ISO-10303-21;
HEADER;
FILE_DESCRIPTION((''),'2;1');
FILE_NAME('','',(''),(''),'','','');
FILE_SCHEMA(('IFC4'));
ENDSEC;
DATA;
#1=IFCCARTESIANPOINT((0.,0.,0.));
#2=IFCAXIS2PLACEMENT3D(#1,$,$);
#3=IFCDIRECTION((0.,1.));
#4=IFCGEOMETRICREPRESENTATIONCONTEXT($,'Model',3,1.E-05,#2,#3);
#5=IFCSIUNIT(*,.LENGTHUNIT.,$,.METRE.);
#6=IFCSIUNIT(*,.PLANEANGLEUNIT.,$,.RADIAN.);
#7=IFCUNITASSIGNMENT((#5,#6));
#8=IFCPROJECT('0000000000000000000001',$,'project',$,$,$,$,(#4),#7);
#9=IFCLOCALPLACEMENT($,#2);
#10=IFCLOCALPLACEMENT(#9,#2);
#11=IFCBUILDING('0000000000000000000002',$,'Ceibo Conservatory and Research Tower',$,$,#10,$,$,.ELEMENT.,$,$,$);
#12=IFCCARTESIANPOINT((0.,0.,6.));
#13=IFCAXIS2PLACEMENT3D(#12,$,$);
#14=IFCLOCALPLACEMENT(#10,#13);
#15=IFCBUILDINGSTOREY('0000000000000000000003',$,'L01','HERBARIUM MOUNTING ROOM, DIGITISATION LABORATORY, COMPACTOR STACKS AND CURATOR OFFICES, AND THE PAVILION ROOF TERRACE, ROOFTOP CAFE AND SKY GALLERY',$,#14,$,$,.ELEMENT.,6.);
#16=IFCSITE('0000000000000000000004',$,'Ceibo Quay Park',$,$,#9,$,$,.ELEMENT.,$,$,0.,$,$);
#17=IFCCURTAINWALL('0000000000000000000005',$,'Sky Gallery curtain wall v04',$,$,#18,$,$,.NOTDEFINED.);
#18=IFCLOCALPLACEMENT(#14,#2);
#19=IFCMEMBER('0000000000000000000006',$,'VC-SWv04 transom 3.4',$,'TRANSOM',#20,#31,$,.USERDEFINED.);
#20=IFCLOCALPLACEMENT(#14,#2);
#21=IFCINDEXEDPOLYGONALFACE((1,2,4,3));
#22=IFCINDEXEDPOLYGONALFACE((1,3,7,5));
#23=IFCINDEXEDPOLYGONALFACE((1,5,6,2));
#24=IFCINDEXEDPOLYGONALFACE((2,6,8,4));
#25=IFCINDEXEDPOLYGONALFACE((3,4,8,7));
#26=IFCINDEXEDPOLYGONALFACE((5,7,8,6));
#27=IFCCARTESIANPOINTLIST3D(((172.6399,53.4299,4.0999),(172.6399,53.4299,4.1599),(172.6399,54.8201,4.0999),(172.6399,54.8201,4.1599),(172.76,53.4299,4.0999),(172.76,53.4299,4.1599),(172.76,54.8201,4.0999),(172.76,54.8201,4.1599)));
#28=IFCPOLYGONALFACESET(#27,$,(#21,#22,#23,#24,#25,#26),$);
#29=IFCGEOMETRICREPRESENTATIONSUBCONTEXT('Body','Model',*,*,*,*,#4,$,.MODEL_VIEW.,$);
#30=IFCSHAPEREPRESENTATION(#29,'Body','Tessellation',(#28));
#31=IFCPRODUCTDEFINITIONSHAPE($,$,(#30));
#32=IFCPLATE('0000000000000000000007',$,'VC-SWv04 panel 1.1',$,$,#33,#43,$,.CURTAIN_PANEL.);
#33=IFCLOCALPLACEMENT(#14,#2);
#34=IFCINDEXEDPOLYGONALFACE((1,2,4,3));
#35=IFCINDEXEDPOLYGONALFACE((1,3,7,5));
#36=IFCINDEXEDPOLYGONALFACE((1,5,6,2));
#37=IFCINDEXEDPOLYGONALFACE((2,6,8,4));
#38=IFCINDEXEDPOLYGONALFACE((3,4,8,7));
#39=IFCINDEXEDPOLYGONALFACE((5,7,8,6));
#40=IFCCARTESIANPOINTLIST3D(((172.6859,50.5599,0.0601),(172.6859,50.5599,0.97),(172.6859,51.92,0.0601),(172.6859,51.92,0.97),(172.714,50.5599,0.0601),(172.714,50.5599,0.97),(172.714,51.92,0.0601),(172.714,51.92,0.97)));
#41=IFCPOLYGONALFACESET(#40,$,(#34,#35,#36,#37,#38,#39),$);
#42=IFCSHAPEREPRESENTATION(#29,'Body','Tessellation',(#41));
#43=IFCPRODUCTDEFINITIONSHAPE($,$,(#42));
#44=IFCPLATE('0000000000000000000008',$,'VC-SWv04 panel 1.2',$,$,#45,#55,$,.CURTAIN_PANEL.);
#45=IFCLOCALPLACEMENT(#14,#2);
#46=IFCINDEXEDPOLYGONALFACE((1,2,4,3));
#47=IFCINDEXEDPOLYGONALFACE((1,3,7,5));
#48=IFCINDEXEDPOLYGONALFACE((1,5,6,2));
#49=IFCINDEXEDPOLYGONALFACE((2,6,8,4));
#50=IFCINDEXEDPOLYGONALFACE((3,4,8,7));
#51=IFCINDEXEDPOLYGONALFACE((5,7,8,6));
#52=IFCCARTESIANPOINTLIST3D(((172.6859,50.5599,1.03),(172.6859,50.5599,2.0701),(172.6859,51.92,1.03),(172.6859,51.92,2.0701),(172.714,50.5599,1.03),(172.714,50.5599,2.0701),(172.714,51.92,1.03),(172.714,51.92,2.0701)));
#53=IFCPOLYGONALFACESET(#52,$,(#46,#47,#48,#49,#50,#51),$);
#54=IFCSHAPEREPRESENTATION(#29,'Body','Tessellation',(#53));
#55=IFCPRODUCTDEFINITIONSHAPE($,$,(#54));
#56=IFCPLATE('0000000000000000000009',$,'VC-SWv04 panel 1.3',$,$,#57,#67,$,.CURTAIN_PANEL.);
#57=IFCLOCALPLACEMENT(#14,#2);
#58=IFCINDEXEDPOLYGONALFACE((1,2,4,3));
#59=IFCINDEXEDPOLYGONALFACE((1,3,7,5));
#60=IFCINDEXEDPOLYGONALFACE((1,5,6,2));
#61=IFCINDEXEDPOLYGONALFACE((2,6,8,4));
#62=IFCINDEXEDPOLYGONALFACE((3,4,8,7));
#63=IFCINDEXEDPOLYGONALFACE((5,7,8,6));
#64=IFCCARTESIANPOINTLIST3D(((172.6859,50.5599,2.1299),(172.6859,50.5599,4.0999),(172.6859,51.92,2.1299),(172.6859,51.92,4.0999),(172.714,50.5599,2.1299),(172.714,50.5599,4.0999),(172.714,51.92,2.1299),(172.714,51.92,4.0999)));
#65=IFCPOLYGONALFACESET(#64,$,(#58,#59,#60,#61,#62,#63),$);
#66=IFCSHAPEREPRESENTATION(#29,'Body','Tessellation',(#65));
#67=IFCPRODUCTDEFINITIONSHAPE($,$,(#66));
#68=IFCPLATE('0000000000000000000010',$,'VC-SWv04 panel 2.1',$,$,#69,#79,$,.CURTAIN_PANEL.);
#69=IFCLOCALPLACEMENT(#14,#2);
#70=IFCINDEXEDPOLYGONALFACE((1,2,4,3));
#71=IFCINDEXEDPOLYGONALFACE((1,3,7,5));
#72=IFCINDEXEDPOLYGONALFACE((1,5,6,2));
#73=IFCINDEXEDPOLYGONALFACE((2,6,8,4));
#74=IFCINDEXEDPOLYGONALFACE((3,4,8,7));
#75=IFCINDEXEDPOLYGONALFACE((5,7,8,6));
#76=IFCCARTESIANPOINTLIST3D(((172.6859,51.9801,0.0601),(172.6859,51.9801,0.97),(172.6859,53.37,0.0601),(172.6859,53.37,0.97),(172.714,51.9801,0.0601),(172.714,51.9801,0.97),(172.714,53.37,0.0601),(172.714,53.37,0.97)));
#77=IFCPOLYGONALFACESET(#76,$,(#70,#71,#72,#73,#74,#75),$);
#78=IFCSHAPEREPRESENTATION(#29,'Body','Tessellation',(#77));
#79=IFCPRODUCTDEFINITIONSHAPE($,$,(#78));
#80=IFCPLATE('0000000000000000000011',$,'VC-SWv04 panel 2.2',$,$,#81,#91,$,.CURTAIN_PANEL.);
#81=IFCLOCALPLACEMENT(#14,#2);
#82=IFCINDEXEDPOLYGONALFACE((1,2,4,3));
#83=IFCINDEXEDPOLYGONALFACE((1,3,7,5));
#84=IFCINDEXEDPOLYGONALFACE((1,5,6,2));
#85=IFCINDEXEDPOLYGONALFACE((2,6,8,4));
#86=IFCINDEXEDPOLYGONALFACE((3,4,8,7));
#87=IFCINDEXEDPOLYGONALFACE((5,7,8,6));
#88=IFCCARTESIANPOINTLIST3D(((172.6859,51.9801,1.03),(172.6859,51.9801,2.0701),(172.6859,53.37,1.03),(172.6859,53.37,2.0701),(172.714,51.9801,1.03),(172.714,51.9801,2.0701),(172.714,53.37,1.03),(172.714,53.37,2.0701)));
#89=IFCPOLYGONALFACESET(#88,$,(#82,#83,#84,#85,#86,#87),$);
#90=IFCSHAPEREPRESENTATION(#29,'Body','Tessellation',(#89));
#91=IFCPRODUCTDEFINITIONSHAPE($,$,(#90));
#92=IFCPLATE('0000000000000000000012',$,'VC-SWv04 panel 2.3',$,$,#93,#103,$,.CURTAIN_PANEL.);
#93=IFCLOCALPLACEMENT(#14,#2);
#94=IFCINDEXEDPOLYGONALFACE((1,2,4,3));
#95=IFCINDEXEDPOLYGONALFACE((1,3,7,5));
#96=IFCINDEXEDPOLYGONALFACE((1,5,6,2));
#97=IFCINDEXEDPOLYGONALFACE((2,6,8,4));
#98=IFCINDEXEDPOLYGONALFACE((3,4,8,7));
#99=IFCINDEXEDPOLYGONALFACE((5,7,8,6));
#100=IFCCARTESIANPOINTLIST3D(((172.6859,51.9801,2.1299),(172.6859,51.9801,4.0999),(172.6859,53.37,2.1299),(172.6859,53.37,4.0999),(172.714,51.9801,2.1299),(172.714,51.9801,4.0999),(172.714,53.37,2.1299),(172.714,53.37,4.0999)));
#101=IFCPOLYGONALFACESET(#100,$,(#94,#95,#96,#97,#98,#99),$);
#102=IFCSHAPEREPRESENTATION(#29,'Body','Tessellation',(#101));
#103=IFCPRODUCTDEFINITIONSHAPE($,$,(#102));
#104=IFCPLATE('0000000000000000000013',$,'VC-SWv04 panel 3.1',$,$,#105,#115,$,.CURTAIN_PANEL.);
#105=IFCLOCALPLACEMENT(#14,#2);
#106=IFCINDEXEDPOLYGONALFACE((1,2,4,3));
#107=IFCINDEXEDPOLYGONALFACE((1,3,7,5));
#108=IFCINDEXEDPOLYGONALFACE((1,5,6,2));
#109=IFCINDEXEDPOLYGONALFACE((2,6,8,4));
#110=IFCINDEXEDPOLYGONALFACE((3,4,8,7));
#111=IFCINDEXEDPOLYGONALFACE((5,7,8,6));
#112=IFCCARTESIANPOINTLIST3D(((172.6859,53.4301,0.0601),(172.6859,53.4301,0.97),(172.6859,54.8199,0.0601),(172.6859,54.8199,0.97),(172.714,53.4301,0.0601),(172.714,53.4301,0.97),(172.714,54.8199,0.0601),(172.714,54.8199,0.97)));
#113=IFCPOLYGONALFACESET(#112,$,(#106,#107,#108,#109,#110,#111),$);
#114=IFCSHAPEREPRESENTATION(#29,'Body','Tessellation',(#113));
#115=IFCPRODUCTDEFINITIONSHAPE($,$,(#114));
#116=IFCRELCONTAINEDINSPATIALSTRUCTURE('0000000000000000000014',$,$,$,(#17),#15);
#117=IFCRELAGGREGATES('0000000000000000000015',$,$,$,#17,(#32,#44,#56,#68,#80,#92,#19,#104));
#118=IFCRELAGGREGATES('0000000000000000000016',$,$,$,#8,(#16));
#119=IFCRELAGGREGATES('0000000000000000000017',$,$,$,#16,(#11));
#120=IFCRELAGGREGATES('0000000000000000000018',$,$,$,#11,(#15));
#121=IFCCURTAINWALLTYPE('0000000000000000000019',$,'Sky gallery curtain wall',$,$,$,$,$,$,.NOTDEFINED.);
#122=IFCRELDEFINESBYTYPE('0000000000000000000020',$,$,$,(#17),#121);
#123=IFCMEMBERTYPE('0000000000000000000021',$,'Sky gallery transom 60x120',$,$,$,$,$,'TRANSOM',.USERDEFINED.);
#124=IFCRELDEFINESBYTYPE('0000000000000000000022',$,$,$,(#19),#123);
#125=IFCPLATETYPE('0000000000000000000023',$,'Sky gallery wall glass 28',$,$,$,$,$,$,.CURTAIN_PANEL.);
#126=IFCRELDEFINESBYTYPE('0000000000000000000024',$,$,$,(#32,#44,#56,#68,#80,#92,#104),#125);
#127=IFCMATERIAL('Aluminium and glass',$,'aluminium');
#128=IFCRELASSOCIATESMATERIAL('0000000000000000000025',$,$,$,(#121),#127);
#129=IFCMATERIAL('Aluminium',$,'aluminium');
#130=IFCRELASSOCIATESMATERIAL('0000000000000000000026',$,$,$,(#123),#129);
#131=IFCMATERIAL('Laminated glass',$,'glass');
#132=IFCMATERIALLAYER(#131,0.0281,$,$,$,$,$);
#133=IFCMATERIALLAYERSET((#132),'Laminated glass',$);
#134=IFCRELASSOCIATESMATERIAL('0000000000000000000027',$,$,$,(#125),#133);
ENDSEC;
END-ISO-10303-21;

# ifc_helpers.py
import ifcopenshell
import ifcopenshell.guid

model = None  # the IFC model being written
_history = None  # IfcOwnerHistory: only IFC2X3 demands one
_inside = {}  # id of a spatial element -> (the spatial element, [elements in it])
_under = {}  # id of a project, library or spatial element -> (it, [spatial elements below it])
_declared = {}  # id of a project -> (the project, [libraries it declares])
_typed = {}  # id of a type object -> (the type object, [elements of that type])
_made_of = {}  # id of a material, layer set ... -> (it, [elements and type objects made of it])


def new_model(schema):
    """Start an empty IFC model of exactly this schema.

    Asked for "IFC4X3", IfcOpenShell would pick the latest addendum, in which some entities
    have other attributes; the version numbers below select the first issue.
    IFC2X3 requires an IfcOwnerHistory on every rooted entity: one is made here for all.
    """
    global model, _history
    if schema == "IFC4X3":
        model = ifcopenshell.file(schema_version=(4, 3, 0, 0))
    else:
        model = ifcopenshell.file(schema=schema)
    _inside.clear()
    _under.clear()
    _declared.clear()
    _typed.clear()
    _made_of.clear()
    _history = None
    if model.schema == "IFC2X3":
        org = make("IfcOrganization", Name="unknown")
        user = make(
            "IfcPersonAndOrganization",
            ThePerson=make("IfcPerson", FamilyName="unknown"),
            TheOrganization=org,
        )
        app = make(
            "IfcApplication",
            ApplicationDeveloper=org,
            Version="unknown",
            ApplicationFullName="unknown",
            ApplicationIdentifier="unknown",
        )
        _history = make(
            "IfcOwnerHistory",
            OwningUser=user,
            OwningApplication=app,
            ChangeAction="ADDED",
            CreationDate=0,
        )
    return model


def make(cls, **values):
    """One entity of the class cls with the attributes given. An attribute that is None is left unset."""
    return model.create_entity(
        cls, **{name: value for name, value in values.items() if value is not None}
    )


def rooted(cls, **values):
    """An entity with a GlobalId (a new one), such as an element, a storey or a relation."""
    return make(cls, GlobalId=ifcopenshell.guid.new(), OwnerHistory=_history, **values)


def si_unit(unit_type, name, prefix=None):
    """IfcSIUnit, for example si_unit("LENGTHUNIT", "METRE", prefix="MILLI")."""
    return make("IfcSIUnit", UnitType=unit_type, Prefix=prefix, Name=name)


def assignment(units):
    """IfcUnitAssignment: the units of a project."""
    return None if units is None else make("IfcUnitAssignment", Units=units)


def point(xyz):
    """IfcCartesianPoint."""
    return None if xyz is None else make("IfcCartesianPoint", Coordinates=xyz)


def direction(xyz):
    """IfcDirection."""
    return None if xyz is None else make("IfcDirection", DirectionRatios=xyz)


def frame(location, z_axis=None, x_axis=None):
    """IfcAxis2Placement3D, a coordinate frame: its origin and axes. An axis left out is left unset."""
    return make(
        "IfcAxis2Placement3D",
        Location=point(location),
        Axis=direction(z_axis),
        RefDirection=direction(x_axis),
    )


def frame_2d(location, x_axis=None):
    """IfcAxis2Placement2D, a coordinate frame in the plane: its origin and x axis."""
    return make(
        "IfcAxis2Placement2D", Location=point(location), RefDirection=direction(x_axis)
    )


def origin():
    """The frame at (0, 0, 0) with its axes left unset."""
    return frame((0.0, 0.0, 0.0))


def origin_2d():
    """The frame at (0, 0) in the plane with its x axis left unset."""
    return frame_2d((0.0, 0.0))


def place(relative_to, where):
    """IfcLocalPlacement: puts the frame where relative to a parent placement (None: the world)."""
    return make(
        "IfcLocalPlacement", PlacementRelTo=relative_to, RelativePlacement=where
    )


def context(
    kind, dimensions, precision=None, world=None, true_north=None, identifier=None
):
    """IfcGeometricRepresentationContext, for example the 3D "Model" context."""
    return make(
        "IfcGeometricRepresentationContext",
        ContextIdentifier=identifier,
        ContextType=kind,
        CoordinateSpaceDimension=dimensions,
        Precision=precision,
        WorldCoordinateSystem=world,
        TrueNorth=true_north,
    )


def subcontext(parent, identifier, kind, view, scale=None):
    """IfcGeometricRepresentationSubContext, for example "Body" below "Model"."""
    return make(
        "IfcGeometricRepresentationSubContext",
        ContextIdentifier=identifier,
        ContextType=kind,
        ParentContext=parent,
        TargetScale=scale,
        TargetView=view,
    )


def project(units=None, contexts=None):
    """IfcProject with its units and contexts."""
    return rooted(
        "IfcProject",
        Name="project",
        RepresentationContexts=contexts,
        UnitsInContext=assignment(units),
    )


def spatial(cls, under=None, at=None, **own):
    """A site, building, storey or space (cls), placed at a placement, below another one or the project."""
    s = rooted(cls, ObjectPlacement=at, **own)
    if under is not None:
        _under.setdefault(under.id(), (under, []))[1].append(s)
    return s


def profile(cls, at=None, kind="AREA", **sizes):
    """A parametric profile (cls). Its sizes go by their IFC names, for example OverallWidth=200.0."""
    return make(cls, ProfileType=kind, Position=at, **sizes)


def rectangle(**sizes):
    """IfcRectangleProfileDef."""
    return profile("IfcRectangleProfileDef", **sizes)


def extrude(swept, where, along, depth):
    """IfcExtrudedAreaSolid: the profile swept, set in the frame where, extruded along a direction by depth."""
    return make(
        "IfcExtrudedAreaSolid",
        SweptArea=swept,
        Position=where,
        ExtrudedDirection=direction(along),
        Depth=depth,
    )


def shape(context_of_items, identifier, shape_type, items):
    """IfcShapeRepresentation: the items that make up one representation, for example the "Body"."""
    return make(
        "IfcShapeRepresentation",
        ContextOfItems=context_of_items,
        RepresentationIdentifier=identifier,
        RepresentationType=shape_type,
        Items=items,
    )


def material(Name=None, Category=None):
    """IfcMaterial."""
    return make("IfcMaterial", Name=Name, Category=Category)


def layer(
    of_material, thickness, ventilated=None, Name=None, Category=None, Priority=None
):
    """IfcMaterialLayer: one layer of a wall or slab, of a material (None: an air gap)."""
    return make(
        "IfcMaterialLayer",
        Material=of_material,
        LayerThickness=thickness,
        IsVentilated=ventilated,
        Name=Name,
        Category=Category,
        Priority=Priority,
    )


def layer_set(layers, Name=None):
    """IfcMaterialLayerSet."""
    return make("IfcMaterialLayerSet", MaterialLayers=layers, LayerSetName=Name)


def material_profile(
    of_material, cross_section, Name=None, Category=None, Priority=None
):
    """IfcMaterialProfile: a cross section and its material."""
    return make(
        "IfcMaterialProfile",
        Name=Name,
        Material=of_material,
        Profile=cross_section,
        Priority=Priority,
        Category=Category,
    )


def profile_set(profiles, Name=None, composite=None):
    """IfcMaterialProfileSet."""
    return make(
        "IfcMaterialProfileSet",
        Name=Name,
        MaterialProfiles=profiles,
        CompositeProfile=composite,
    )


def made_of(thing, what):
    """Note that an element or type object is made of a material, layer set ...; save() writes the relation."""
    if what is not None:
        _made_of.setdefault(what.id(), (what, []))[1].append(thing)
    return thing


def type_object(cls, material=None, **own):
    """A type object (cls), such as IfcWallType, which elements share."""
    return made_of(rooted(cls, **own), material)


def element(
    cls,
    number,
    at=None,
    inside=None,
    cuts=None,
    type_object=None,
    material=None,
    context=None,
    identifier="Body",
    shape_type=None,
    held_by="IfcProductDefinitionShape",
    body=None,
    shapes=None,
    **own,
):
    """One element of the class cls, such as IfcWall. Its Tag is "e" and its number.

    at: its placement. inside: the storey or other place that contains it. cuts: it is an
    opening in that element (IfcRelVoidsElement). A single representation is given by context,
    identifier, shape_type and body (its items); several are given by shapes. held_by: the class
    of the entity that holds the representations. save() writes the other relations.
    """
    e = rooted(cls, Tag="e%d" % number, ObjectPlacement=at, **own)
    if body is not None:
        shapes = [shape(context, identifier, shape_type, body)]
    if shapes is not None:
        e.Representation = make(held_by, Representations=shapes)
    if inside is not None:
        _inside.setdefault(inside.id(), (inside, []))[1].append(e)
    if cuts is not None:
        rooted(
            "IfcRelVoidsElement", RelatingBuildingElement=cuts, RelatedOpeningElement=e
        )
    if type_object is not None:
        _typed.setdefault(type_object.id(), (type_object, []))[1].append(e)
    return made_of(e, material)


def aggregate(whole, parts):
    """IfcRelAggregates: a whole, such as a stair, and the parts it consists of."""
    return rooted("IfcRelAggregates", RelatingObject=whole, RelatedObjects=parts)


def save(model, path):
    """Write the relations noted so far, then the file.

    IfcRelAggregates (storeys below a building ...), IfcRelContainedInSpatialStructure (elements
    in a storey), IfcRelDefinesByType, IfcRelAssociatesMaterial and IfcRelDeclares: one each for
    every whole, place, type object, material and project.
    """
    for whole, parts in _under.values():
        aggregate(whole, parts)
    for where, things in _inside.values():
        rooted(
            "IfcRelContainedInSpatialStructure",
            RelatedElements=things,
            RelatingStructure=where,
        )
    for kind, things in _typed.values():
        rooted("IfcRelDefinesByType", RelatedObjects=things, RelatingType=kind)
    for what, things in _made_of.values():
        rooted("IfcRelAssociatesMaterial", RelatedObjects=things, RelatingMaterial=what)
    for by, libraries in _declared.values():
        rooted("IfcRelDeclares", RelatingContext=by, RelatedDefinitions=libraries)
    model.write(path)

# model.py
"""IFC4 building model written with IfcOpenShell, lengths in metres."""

from ifc_helpers import new_model, si_unit, direction, frame, origin, origin_2d, place, context, subcontext, project, spatial, rectangle, extrude, material, layer, layer_set, material_profile, profile_set, type_object, element, aggregate, save


model = new_model("IFC4")

# Units and contexts
model_context = context("Model", 3, precision=1e-05, world=origin(), true_north=direction((0.0, 1.0)))
body_context = subcontext(model_context, "Body", "Model", "MODEL_VIEW")
ifc_project = project(units=[si_unit("LENGTHUNIT", "METRE"), si_unit("PLANEANGLEUNIT", "RADIAN")], contexts=[model_context])

# Site, building, storey
site_placement = place(None, origin())
site = spatial("IfcSite", under=ifc_project, at=site_placement, Name="Ceibo Quay Park", CompositionType="ELEMENT", RefElevation=0.0)
building_placement = place(site_placement, origin())
building = spatial("IfcBuilding", under=site, at=building_placement, Name="Ceibo Conservatory and Research Tower", CompositionType="ELEMENT")
storey_placement = place(building_placement, frame((0.0, 0.0, 6.0)))
storey = spatial("IfcBuildingStorey", under=building, at=storey_placement, Name="L01", Description="HERBARIUM MOUNTING ROOM, DIGITISATION LABORATORY, COMPACTOR STACKS AND CURATOR OFFICES, AND THE PAVILION ROOF TERRACE, ROOFTOP CAFE AND SKY GALLERY", CompositionType="ELEMENT", Elevation=6.0)

# Curtain wall, member, plates
ifc_material_1 = material(Name="Aluminium and glass", Category="aluminium")
curtain_wall_type = type_object("IfcCurtainWallType", Name="Sky gallery curtain wall", PredefinedType="NOTDEFINED", material=ifc_material_1)
curtain_wall_placement = place(storey_placement, origin())
curtain_wall = element("IfcCurtainWall", 1, at=curtain_wall_placement, inside=storey, type_object=curtain_wall_type, Name="Sky Gallery curtain wall v04", PredefinedType="NOTDEFINED")
ifc_material_2 = material(Name="Aluminium", Category="aluminium")
ifc_material_profile_1 = material_profile(ifc_material_2, rectangle(XDim=0.1201, YDim=0.0601, at=origin_2d()), Name="AL 60x120")
ifc_profile_set_1 = profile_set([ifc_material_profile_1], Name="Aluminium")
member_type_1 = type_object("IfcMemberType", Name="Sky gallery transom 60x120", ElementType="TRANSOM", PredefinedType="USERDEFINED", material=ifc_profile_set_1)
member_1_placement = place(storey_placement, frame((172.7, 53.4299, 4.1299), z_axis=(0.0, 1.0, 0.0), x_axis=(-1.0, 0.0, 0.0)))
member_1 = element("IfcMember", 2, at=member_1_placement, type_object=member_type_1, Name="VC-SWv04 transom 3.4", ObjectType="TRANSOM", PredefinedType="USERDEFINED", context=body_context, shape_type="SweptSolid", body=[
    extrude(rectangle(XDim=0.1201, YDim=0.0601, at=origin_2d()), origin(), (0.0, 0.0, 1.0), 1.3901),
])
ifc_material_3 = material(Name="Laminated glass", Category="glass")
ifc_layer = layer(ifc_material_3, 0.0281)
ifc_layer_set = layer_set([ifc_layer], Name="Laminated glass")
plate_type = type_object("IfcPlateType", Name="Sky gallery wall glass 28", PredefinedType="CURTAIN_PANEL", material=ifc_layer_set)
plate_1_placement = place(storey_placement, frame((172.7, 51.24, 0.0601), z_axis=(0.0, 0.0, 1.0), x_axis=(0.0, 1.0, 0.0)))
plate_1 = element("IfcPlate", 3, at=plate_1_placement, type_object=plate_type, Name="VC-SWv04 panel 1.1", PredefinedType="CURTAIN_PANEL", context=body_context, shape_type="SweptSolid", body=[
    extrude(rectangle(XDim=1.3601, YDim=0.0281, at=origin_2d()), origin(), (0.0, 0.0, 1.0), 0.9099),
])
plate_2_placement = place(storey_placement, frame((172.7, 51.24, 1.03), z_axis=(0.0, 0.0, 1.0), x_axis=(0.0, 1.0, 0.0)))
plate_2 = element("IfcPlate", 4, at=plate_2_placement, type_object=plate_type, Name="VC-SWv04 panel 1.2", PredefinedType="CURTAIN_PANEL", context=body_context, shape_type="SweptSolid", body=[
    extrude(rectangle(XDim=1.3601, YDim=0.0281, at=origin_2d()), origin(), (0.0, 0.0, 1.0), 1.04),
])
plate_3_placement = place(storey_placement, frame((172.7, 51.24, 2.1299), z_axis=(0.0, 0.0, 1.0), x_axis=(0.0, 1.0, 0.0)))
plate_3 = element("IfcPlate", 5, at=plate_3_placement, type_object=plate_type, Name="VC-SWv04 panel 1.3", PredefinedType="CURTAIN_PANEL", context=body_context, shape_type="SweptSolid", body=[
    extrude(rectangle(XDim=1.3601, YDim=0.0281, at=origin_2d()), origin(), (0.0, 0.0, 1.0), 1.97),
])
plate_4_placement = place(storey_placement, frame((172.7, 52.675, 0.0601), z_axis=(0.0, 0.0, 1.0), x_axis=(0.0, 1.0, 0.0)))
plate_4 = element("IfcPlate", 6, at=plate_4_placement, type_object=plate_type, Name="VC-SWv04 panel 2.1", PredefinedType="CURTAIN_PANEL", context=body_context, shape_type="SweptSolid", body=[
    extrude(rectangle(XDim=1.3899, YDim=0.0281, at=origin_2d()), origin(), (0.0, 0.0, 1.0), 0.9099),
])
plate_5_placement = place(storey_placement, frame((172.7, 52.675, 1.03), z_axis=(0.0, 0.0, 1.0), x_axis=(0.0, 1.0, 0.0)))
plate_5 = element("IfcPlate", 7, at=plate_5_placement, type_object=plate_type, Name="VC-SWv04 panel 2.2", PredefinedType="CURTAIN_PANEL", context=body_context, shape_type="SweptSolid", body=[
    extrude(rectangle(XDim=1.3899, YDim=0.0281, at=origin_2d()), origin(), (0.0, 0.0, 1.0), 1.04),
])
plate_6_placement = place(storey_placement, frame((172.7, 52.675, 2.1299), z_axis=(0.0, 0.0, 1.0), x_axis=(0.0, 1.0, 0.0)))
plate_6 = element("IfcPlate", 8, at=plate_6_placement, type_object=plate_type, Name="VC-SWv04 panel 2.3", PredefinedType="CURTAIN_PANEL", context=body_context, shape_type="SweptSolid", body=[
    extrude(rectangle(XDim=1.3899, YDim=0.0281, at=origin_2d()), origin(), (0.0, 0.0, 1.0), 1.97),
])
plate_7_placement = place(storey_placement, frame((172.7, 54.125, 0.0601), z_axis=(0.0, 0.0, 1.0), x_axis=(0.0, 1.0, 0.0)))
plate_7 = element("IfcPlate", 9, at=plate_7_placement, type_object=plate_type, Name="VC-SWv04 panel 3.1", PredefinedType="CURTAIN_PANEL", context=body_context, shape_type="SweptSolid", body=[
    extrude(rectangle(XDim=1.3899, YDim=0.0281, at=origin_2d()), origin(), (0.0, 0.0, 1.0), 0.9099),
])
aggregate(curtain_wall, [plate_1, plate_2, plate_3, plate_4, plate_5, plate_6, member_1, plate_7])

save(model, "model.ifc")
